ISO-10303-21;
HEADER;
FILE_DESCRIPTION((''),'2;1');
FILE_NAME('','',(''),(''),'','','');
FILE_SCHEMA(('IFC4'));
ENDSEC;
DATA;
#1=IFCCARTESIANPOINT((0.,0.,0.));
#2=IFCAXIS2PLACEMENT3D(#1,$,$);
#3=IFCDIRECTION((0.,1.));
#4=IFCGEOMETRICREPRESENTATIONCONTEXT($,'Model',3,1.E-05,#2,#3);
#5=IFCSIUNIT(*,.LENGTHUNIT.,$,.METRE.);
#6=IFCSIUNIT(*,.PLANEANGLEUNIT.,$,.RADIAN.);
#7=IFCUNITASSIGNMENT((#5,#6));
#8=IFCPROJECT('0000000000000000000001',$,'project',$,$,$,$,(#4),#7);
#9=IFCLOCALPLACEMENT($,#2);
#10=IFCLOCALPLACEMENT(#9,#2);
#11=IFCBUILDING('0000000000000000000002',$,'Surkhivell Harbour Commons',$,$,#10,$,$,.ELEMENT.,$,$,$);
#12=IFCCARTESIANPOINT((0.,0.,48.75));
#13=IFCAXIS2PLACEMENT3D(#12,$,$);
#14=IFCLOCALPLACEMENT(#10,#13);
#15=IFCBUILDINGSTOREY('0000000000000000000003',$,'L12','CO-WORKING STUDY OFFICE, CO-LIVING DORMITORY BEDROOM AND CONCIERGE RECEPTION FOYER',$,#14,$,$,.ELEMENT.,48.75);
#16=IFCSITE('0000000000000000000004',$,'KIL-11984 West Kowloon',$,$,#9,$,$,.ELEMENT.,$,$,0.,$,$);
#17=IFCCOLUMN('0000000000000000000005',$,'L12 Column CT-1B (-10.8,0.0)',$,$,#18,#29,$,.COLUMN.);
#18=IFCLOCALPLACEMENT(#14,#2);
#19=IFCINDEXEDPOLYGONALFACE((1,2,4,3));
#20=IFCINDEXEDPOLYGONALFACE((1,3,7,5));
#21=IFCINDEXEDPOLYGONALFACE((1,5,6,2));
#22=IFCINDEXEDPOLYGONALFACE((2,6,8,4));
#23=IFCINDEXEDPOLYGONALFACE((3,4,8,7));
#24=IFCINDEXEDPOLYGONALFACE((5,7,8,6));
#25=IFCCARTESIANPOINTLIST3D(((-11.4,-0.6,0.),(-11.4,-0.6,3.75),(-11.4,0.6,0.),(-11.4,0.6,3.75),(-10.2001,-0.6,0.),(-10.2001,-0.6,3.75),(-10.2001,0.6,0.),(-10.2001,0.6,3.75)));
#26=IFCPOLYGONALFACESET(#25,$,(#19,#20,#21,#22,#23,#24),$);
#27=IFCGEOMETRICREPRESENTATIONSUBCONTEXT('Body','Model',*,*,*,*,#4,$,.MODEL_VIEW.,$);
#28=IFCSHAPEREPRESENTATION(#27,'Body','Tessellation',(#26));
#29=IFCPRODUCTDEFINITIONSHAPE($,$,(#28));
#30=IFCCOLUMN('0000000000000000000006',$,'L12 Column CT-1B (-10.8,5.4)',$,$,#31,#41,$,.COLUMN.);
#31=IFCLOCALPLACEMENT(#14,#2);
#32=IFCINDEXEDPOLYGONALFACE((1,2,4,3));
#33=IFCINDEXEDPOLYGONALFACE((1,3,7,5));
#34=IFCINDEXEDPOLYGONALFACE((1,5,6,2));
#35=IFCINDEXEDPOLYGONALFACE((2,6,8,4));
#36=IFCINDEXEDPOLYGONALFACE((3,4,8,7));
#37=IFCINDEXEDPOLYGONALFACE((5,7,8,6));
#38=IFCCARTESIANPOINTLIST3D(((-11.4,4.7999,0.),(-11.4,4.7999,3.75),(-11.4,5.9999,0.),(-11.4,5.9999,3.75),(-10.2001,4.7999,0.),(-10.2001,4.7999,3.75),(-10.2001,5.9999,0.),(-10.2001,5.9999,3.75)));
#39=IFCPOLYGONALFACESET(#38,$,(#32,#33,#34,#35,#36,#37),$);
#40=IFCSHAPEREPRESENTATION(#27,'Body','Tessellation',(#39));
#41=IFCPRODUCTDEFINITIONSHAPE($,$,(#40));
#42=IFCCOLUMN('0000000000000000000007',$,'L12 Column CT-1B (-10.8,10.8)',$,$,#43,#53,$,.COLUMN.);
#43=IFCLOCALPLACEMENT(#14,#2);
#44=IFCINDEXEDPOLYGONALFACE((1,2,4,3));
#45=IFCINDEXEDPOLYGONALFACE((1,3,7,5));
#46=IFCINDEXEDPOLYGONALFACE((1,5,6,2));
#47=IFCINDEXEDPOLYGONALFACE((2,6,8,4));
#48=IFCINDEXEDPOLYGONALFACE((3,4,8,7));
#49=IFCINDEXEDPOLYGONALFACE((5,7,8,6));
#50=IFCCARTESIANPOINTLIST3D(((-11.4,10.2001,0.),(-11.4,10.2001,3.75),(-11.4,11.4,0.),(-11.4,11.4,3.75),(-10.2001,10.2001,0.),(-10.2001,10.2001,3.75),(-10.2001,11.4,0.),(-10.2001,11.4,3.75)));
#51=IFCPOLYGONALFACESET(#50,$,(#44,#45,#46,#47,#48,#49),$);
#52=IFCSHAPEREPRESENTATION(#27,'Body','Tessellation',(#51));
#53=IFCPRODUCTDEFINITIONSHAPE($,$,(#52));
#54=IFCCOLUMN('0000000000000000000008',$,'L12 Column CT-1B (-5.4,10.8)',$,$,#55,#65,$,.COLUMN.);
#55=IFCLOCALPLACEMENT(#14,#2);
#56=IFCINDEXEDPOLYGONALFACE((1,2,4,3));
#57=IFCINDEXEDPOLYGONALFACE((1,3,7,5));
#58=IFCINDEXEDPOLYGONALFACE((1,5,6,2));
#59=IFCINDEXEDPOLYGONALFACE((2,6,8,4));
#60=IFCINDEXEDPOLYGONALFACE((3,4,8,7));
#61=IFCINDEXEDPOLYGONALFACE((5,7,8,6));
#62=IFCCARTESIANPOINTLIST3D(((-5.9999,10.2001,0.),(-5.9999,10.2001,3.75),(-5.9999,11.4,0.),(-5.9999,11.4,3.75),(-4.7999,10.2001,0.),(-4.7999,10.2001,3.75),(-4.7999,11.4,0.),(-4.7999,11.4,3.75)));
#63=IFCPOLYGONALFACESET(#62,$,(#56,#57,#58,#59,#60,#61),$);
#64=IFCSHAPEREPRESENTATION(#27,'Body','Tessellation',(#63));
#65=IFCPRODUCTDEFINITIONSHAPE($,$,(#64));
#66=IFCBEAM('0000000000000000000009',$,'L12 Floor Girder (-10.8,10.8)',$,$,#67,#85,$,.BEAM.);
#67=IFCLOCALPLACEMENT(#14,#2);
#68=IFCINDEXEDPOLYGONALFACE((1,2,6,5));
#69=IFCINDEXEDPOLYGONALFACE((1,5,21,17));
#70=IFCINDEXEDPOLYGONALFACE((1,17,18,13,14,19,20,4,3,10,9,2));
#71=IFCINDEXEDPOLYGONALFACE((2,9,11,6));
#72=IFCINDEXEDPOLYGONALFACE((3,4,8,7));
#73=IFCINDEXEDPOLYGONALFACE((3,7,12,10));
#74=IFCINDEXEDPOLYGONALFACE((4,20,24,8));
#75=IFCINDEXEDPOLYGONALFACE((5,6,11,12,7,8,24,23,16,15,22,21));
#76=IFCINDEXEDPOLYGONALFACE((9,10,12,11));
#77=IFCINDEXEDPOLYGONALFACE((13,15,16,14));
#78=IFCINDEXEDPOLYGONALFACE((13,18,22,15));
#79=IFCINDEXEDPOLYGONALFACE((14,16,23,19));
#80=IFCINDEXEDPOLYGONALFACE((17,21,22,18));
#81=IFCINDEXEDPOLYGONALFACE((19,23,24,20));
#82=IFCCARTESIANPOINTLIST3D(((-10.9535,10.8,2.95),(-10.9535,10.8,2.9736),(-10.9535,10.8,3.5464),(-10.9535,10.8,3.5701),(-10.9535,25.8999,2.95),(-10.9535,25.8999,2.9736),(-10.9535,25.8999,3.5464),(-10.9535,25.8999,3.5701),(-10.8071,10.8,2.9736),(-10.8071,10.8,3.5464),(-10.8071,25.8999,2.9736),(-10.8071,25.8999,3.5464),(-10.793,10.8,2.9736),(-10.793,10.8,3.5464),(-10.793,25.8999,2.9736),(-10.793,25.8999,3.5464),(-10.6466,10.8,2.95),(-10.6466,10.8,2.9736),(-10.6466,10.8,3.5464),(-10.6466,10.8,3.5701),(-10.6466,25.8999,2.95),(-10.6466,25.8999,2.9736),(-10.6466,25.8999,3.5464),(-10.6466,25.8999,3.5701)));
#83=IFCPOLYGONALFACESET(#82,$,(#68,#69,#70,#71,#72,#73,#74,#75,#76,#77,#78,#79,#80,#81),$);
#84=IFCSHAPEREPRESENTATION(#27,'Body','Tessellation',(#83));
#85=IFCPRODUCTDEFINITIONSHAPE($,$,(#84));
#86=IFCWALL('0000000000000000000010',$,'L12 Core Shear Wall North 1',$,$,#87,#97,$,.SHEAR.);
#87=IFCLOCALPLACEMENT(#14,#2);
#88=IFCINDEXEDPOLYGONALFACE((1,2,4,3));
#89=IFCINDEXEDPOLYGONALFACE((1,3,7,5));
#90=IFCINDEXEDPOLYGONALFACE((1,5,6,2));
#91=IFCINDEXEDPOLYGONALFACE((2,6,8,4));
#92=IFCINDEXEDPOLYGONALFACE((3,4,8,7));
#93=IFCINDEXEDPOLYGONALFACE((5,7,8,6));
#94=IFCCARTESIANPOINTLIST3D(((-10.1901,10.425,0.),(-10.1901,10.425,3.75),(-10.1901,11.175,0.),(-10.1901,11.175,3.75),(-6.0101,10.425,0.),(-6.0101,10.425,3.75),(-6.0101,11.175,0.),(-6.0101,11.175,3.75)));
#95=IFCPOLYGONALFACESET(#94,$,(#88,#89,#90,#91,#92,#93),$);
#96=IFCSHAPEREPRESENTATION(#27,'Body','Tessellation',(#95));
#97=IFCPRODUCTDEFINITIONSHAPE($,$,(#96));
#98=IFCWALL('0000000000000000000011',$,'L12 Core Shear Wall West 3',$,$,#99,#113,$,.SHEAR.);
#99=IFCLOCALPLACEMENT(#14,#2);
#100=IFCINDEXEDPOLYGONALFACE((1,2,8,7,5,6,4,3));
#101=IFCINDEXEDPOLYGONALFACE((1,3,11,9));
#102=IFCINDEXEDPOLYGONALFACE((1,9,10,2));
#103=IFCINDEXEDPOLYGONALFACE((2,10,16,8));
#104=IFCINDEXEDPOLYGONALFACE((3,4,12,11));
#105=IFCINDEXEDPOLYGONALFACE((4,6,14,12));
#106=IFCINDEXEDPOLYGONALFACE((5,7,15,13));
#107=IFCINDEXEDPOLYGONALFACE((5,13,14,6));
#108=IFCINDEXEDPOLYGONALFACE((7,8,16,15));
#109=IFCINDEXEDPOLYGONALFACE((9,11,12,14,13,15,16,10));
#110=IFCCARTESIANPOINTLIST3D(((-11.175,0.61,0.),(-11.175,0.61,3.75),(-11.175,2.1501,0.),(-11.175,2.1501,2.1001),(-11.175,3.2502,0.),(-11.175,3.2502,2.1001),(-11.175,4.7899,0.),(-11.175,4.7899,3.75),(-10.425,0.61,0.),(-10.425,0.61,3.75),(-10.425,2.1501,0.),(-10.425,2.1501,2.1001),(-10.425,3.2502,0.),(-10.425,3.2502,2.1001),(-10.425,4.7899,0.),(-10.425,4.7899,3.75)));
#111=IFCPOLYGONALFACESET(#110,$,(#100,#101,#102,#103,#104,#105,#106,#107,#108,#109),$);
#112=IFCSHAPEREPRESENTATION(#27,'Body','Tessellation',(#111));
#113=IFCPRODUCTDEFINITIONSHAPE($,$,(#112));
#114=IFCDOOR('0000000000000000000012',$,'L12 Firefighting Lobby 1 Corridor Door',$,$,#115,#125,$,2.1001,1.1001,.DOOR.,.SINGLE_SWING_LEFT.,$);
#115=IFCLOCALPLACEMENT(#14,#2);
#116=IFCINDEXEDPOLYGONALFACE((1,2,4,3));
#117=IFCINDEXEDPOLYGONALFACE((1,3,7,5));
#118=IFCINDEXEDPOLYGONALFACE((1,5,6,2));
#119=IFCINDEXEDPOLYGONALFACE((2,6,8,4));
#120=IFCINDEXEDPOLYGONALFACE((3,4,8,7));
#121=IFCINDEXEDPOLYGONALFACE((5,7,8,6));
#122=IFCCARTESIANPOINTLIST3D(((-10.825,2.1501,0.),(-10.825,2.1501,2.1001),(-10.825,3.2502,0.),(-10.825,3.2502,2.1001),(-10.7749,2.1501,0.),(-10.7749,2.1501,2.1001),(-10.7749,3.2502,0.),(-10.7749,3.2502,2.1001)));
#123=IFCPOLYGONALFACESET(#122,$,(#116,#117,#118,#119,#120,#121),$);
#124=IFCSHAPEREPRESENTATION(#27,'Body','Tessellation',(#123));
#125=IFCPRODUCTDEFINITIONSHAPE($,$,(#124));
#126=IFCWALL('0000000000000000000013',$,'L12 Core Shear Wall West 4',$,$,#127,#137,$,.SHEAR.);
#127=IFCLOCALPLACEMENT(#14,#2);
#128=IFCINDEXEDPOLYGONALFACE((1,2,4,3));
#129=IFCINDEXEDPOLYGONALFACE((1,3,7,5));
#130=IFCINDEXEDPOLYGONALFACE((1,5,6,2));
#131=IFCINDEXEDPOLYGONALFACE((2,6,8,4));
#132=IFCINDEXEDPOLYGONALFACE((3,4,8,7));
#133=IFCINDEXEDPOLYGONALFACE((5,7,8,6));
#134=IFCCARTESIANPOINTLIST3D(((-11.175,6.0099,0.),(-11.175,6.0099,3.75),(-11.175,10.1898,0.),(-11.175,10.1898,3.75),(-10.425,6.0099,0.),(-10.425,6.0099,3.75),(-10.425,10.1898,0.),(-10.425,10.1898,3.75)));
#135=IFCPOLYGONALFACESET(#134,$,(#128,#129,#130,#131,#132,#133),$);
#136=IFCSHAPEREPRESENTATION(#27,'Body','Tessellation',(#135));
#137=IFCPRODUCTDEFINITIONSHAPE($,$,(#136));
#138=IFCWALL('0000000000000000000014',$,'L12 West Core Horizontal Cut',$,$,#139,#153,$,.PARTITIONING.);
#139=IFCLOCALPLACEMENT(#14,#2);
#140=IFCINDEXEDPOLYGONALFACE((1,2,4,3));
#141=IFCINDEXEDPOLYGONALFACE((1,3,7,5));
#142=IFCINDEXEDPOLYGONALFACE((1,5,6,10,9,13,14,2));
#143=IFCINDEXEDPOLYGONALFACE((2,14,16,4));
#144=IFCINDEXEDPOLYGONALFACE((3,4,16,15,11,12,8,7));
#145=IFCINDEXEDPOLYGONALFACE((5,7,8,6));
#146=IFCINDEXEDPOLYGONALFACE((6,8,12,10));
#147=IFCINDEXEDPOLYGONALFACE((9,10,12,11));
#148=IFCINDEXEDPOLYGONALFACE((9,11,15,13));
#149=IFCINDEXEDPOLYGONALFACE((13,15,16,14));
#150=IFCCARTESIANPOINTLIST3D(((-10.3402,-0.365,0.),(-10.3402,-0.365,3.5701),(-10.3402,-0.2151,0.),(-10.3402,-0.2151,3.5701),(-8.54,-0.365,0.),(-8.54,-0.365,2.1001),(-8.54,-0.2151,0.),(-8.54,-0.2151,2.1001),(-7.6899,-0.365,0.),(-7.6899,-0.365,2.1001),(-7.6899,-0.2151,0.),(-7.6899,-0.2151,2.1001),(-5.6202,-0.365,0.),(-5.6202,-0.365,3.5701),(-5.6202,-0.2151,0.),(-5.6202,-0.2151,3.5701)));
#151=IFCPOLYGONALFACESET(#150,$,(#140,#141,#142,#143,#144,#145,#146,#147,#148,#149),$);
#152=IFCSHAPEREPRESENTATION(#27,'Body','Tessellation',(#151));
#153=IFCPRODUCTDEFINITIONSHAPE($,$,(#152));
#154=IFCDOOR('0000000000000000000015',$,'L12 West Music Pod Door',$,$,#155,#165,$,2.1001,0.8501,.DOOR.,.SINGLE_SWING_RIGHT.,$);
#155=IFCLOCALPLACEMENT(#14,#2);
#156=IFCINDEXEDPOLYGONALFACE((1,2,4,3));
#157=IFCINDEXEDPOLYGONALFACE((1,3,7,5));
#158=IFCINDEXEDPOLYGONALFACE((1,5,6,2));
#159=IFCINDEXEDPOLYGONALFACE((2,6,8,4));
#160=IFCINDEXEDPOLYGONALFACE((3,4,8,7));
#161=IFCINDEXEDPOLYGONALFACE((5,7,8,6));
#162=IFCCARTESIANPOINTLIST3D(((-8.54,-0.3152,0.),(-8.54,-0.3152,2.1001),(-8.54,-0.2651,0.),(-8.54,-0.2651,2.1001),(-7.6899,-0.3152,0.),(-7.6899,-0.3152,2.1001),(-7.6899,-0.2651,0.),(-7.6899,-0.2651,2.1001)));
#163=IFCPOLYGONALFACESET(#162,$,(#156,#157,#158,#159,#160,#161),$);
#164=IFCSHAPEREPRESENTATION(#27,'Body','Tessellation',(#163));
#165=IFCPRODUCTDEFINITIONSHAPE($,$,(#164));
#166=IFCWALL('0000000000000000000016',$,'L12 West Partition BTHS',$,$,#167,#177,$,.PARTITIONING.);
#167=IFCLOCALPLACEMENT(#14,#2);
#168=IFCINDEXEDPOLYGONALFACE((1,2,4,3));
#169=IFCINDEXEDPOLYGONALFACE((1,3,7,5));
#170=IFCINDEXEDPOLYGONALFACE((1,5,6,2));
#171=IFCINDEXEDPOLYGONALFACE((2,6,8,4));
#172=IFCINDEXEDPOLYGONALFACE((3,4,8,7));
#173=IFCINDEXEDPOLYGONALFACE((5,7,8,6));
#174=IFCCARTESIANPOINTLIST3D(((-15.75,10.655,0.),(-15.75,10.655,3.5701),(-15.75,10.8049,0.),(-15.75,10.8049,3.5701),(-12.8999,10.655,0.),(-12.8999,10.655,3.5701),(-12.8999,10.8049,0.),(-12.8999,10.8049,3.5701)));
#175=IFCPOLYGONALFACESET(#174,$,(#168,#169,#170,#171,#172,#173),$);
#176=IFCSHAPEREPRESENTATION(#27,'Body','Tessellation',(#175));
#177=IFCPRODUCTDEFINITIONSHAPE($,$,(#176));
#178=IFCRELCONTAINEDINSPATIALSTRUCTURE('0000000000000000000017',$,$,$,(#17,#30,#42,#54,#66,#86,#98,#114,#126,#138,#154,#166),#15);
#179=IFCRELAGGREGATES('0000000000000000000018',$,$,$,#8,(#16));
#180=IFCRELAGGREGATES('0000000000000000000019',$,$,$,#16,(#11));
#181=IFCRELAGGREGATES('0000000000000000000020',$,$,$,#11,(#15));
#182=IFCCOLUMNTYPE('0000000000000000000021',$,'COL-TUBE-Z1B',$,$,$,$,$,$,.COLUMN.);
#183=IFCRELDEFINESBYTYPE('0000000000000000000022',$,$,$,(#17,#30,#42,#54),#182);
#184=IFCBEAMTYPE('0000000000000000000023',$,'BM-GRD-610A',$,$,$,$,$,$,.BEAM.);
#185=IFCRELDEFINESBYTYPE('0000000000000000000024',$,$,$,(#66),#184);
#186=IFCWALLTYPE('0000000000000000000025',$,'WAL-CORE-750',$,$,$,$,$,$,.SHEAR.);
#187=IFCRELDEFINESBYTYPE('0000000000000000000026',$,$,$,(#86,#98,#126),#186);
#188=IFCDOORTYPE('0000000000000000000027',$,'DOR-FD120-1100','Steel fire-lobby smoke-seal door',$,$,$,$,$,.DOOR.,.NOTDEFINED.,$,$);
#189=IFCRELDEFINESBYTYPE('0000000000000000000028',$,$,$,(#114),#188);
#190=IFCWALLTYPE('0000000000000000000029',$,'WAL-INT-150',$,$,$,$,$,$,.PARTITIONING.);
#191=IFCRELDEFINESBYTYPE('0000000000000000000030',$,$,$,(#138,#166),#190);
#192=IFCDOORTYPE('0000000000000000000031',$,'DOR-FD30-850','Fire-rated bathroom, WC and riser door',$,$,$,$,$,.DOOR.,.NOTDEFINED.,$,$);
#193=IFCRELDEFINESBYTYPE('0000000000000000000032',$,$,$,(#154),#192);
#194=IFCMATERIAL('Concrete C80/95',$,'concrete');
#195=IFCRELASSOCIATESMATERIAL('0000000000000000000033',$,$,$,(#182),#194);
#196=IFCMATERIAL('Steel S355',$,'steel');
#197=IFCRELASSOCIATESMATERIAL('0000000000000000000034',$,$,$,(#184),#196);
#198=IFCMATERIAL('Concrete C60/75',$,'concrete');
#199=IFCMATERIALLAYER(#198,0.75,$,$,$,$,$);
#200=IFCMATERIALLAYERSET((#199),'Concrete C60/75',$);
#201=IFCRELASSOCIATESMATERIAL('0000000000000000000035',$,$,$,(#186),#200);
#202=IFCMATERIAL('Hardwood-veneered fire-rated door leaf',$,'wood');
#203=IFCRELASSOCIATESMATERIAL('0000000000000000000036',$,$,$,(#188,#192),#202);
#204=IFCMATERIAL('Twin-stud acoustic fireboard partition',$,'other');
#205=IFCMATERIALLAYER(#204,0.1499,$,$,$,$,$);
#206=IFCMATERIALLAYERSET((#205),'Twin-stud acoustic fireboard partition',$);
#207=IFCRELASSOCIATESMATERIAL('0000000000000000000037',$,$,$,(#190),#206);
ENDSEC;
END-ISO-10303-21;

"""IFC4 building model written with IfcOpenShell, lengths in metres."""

from ifc_helpers import new_model, si_unit, direction, frame, frame_2d, origin, origin_2d, place, context, subcontext, project, spatial, rectangle, i_section, extrude, material, layer, layer_set, material_profile, profile_set, type_object, element, fill, save


model = new_model("IFC4")

# Units and contexts
model_context = context("Model", 3, precision=1e-05, world=origin(), true_north=direction((0.0, 1.0)))
body_context = subcontext(model_context, "Body", "Model", "MODEL_VIEW")
ifc_project = project(units=[si_unit("LENGTHUNIT", "METRE"), si_unit("PLANEANGLEUNIT", "RADIAN")], contexts=[model_context])

# Site, building, storey
site_placement = place(None, origin())
site = spatial("IfcSite", under=ifc_project, at=site_placement, Name="KIL-11984 West Kowloon", CompositionType="ELEMENT", RefElevation=0.0)
building_placement = place(site_placement, origin())
building = spatial("IfcBuilding", under=site, at=building_placement, Name="Surkhivell Harbour Commons", CompositionType="ELEMENT")
storey_placement = place(building_placement, frame((0.0, 0.0, 48.75)))
storey = spatial("IfcBuildingStorey", under=building, at=storey_placement, Name="L12", Description="CO-WORKING STUDY OFFICE, CO-LIVING DORMITORY BEDROOM AND CONCIERGE RECEPTION FOYER", CompositionType="ELEMENT", Elevation=48.75)

# Columns
ifc_material_1 = material(Name="Concrete C80/95", Category="concrete")
ifc_material_profile_1 = material_profile(ifc_material_1, rectangle(XDim=1.2, YDim=1.2, at=origin_2d()), Name="RC-COL-1200x1200")
ifc_profile_set_1 = profile_set([ifc_material_profile_1], Name="Concrete C80/95")
column_type = type_object("IfcColumnType", Name="COL-TUBE-Z1B", PredefinedType="COLUMN", material=ifc_profile_set_1)
for number, where, z_axis, x_axis, name in (
    (1, (-10.8, 0.0, 0.0), (0.0, 0.0, 1.0), (1.0, 0.0, 0.0), "L12 Column CT-1B (-10.8,0.0)"),
    (2, (-10.8, 5.3999, 0.0), (0.0, 0.0, 1.0), (1.0, 0.0, 0.0), "L12 Column CT-1B (-10.8,5.4)"),
    (3, (-10.8, 10.8, 0.0), (0.0, 0.0, 1.0), (1.0, 0.0, 0.0), "L12 Column CT-1B (-10.8,10.8)"),
    (4, (-5.3999, 10.8, 0.0), (0.0, 0.0, 1.0), (1.0, 0.0, 0.0), "L12 Column CT-1B (-5.4,10.8)"),
):
    element("IfcColumn", number, at=place(storey_placement, frame(where, z_axis=z_axis, x_axis=x_axis)), inside=storey, type_object=column_type, Name=name, PredefinedType="COLUMN", context=body_context, shape_type="SweptSolid", body=[
        extrude(rectangle(XDim=1.2, YDim=1.2, at=origin_2d()), origin(), (0.0, 0.0, 1.0), 3.75),
    ])

# Beam
ifc_material_2 = material(Name="Steel S355", Category="steel")
ifc_material_profile_2 = material_profile(ifc_material_2, i_section(OverallWidth=0.3069, OverallDepth=0.6201, WebThickness=0.0142, FlangeThickness=0.0237, at=origin_2d()), Name="UB610x305x179")
ifc_profile_set_2 = profile_set([ifc_material_profile_2], Name="Steel S355")
beam_type = type_object("IfcBeamType", Name="BM-GRD-610A", PredefinedType="BEAM", material=ifc_profile_set_2)
beam_placement = place(storey_placement, frame((-10.8, 10.8, 3.26), z_axis=(0.0, 1.0, 0.0), x_axis=(-1.0, 0.0, 0.0)))
element("IfcBeam", 5, at=beam_placement, inside=storey, type_object=beam_type, Name="L12 Floor Girder (-10.8,10.8)", PredefinedType="BEAM", context=body_context, shape_type="SweptSolid", body=[
    extrude(i_section(OverallWidth=0.3069, OverallDepth=0.6201, WebThickness=0.0142, FlangeThickness=0.0237, at=origin_2d()), origin(), (0.0, 0.0, 1.0), 15.0999),
])

# Wall
ifc_material_3 = material(Name="Concrete C60/75", Category="concrete")
ifc_layer_1 = layer(ifc_material_3, 0.75)
ifc_layer_set_1 = layer_set([ifc_layer_1], Name="Concrete C60/75")
wall_type_1 = type_object("IfcWallType", Name="WAL-CORE-750", PredefinedType="SHEAR", material=ifc_layer_set_1)
wall_1_placement = place(storey_placement, frame((-10.1899, 10.8, 0.0), z_axis=(0.0, 0.0, 1.0), x_axis=(1.0, 0.0, 0.0)))
element("IfcWall", 6, at=wall_1_placement, inside=storey, type_object=wall_type_1, Name="L12 Core Shear Wall North 1", PredefinedType="SHEAR", context=body_context, shape_type="SweptSolid", body=[
    extrude(rectangle(XDim=4.1799, YDim=0.75, at=frame_2d((2.0898, 0.0))), origin(), (0.0, 0.0, 1.0), 3.75),
])

# Wall, opening, door
wall_2_placement = place(storey_placement, frame((-10.8, 0.6101, 0.0), z_axis=(0.0, 0.0, 1.0), x_axis=(0.0, 1.0, 0.0)))
wall_2 = element("IfcWall", 7, at=wall_2_placement, inside=storey, type_object=wall_type_1, Name="L12 Core Shear Wall West 3", PredefinedType="SHEAR", context=body_context, shape_type="SweptSolid", body=[
    extrude(rectangle(XDim=4.1799, YDim=0.75, at=frame_2d((2.0898, 0.0))), origin(), (0.0, 0.0, 1.0), 3.75),
])
opening_1_placement = place(wall_2_placement, frame((1.54, 0.0, 0.0)))
opening_1 = element("IfcOpeningElement", 8, at=opening_1_placement, cuts=wall_2, PredefinedType="OPENING", context=body_context, shape_type="SweptSolid", body=[
    extrude(rectangle(XDim=1.1001, YDim=2.1001, at=frame_2d((0.55, 1.05))), frame((0.0, 0.385, 0.0), z_axis=(0.0, -1.0, 0.0), x_axis=(1.0, 0.0, 0.0)), (0.0, 0.0, 1.0), 0.77),
])
ifc_material_4 = material(Name="Hardwood-veneered fire-rated door leaf", Category="wood")
door_type_1 = type_object("IfcDoorType", Name="DOR-FD120-1100", Description="Steel fire-lobby smoke-seal door", OperationType="NOTDEFINED", PredefinedType="DOOR", material=ifc_material_4)
door_1_placement = place(opening_1_placement, origin())
door_1 = element("IfcDoor", 9, at=door_1_placement, inside=storey, type_object=door_type_1, Name="L12 Firefighting Lobby 1 Corridor Door", OperationType="SINGLE_SWING_LEFT", OverallHeight=2.1001, OverallWidth=1.1001, PredefinedType="DOOR", context=body_context, shape_type="SweptSolid", body=[
    extrude(rectangle(XDim=1.1001, YDim=2.1001, at=frame_2d((0.55, 1.05))), frame((0.0, 0.0249, 0.0), z_axis=(0.0, -1.0, 0.0), x_axis=(1.0, 0.0, 0.0)), (0.0, 0.0, 1.0), 0.05),
])
fill(opening_1, door_1)

# Wall
wall_3_placement = place(storey_placement, frame((-10.8, 6.01, 0.0), z_axis=(0.0, 0.0, 1.0), x_axis=(0.0, 1.0, 0.0)))
element("IfcWall", 10, at=wall_3_placement, inside=storey, type_object=wall_type_1, Name="L12 Core Shear Wall West 4", PredefinedType="SHEAR", context=body_context, shape_type="SweptSolid", body=[
    extrude(rectangle(XDim=4.1799, YDim=0.75, at=frame_2d((2.0898, 0.0))), origin(), (0.0, 0.0, 1.0), 3.75),
])

# Wall, opening, door
ifc_material_5 = material(Name="Twin-stud acoustic fireboard partition", Category="other")
ifc_layer_2 = layer(ifc_material_5, 0.1499)
ifc_layer_set_2 = layer_set([ifc_layer_2], Name="Twin-stud acoustic fireboard partition")
wall_type_2 = type_object("IfcWallType", Name="WAL-INT-150", PredefinedType="PARTITIONING", material=ifc_layer_set_2)
wall_4_placement = place(storey_placement, frame((-10.3401, -0.29, 0.0), z_axis=(0.0, 0.0, 1.0), x_axis=(1.0, 0.0, 0.0)))
wall_4 = element("IfcWall", 11, at=wall_4_placement, inside=storey, type_object=wall_type_2, Name="L12 West Core Horizontal Cut", PredefinedType="PARTITIONING", context=body_context, shape_type="SweptSolid", body=[
    extrude(rectangle(XDim=4.72, YDim=0.1499, at=frame_2d((2.3599, 0.0))), origin(), (0.0, 0.0, 1.0), 3.5701),
])
opening_2_placement = place(wall_4_placement, frame((1.8, 0.0, 0.0)))
opening_2 = element("IfcOpeningElement", 12, at=opening_2_placement, cuts=wall_4, PredefinedType="OPENING", context=body_context, shape_type="SweptSolid", body=[
    extrude(rectangle(XDim=0.8501, YDim=2.1001, at=frame_2d((0.425, 1.05))), frame((0.0, 0.085, 0.0), z_axis=(0.0, -1.0, 0.0), x_axis=(1.0, 0.0, 0.0)), (0.0, 0.0, 1.0), 0.1699),
])
door_type_2 = type_object("IfcDoorType", Name="DOR-FD30-850", Description="Fire-rated bathroom, WC and riser door", OperationType="NOTDEFINED", PredefinedType="DOOR", material=ifc_material_4)
door_2_placement = place(opening_2_placement, origin())
door_2 = element("IfcDoor", 13, at=door_2_placement, inside=storey, type_object=door_type_2, Name="L12 West Music Pod Door", OperationType="SINGLE_SWING_RIGHT", OverallHeight=2.1001, OverallWidth=0.8501, PredefinedType="DOOR", context=body_context, shape_type="SweptSolid", body=[
    extrude(rectangle(XDim=0.8501, YDim=2.1001, at=frame_2d((0.425, 1.05))), frame((0.0, 0.0249, 0.0), z_axis=(0.0, -1.0, 0.0), x_axis=(1.0, 0.0, 0.0)), (0.0, 0.0, 1.0), 0.05),
])
fill(opening_2, door_2)

# Wall
wall_5_placement = place(storey_placement, frame((-15.75, 10.73, 0.0), z_axis=(0.0, 0.0, 1.0), x_axis=(1.0, 0.0, 0.0)))
element("IfcWall", 14, at=wall_5_placement, inside=storey, type_object=wall_type_2, Name="L12 West Partition BTHS", PredefinedType="PARTITIONING", context=body_context, shape_type="SweptSolid", body=[
    extrude(rectangle(XDim=2.8501, YDim=0.1499, at=frame_2d((1.425, 0.0))), origin(), (0.0, 0.0, 1.0), 3.5701),
])

save(model, "model.ifc")
